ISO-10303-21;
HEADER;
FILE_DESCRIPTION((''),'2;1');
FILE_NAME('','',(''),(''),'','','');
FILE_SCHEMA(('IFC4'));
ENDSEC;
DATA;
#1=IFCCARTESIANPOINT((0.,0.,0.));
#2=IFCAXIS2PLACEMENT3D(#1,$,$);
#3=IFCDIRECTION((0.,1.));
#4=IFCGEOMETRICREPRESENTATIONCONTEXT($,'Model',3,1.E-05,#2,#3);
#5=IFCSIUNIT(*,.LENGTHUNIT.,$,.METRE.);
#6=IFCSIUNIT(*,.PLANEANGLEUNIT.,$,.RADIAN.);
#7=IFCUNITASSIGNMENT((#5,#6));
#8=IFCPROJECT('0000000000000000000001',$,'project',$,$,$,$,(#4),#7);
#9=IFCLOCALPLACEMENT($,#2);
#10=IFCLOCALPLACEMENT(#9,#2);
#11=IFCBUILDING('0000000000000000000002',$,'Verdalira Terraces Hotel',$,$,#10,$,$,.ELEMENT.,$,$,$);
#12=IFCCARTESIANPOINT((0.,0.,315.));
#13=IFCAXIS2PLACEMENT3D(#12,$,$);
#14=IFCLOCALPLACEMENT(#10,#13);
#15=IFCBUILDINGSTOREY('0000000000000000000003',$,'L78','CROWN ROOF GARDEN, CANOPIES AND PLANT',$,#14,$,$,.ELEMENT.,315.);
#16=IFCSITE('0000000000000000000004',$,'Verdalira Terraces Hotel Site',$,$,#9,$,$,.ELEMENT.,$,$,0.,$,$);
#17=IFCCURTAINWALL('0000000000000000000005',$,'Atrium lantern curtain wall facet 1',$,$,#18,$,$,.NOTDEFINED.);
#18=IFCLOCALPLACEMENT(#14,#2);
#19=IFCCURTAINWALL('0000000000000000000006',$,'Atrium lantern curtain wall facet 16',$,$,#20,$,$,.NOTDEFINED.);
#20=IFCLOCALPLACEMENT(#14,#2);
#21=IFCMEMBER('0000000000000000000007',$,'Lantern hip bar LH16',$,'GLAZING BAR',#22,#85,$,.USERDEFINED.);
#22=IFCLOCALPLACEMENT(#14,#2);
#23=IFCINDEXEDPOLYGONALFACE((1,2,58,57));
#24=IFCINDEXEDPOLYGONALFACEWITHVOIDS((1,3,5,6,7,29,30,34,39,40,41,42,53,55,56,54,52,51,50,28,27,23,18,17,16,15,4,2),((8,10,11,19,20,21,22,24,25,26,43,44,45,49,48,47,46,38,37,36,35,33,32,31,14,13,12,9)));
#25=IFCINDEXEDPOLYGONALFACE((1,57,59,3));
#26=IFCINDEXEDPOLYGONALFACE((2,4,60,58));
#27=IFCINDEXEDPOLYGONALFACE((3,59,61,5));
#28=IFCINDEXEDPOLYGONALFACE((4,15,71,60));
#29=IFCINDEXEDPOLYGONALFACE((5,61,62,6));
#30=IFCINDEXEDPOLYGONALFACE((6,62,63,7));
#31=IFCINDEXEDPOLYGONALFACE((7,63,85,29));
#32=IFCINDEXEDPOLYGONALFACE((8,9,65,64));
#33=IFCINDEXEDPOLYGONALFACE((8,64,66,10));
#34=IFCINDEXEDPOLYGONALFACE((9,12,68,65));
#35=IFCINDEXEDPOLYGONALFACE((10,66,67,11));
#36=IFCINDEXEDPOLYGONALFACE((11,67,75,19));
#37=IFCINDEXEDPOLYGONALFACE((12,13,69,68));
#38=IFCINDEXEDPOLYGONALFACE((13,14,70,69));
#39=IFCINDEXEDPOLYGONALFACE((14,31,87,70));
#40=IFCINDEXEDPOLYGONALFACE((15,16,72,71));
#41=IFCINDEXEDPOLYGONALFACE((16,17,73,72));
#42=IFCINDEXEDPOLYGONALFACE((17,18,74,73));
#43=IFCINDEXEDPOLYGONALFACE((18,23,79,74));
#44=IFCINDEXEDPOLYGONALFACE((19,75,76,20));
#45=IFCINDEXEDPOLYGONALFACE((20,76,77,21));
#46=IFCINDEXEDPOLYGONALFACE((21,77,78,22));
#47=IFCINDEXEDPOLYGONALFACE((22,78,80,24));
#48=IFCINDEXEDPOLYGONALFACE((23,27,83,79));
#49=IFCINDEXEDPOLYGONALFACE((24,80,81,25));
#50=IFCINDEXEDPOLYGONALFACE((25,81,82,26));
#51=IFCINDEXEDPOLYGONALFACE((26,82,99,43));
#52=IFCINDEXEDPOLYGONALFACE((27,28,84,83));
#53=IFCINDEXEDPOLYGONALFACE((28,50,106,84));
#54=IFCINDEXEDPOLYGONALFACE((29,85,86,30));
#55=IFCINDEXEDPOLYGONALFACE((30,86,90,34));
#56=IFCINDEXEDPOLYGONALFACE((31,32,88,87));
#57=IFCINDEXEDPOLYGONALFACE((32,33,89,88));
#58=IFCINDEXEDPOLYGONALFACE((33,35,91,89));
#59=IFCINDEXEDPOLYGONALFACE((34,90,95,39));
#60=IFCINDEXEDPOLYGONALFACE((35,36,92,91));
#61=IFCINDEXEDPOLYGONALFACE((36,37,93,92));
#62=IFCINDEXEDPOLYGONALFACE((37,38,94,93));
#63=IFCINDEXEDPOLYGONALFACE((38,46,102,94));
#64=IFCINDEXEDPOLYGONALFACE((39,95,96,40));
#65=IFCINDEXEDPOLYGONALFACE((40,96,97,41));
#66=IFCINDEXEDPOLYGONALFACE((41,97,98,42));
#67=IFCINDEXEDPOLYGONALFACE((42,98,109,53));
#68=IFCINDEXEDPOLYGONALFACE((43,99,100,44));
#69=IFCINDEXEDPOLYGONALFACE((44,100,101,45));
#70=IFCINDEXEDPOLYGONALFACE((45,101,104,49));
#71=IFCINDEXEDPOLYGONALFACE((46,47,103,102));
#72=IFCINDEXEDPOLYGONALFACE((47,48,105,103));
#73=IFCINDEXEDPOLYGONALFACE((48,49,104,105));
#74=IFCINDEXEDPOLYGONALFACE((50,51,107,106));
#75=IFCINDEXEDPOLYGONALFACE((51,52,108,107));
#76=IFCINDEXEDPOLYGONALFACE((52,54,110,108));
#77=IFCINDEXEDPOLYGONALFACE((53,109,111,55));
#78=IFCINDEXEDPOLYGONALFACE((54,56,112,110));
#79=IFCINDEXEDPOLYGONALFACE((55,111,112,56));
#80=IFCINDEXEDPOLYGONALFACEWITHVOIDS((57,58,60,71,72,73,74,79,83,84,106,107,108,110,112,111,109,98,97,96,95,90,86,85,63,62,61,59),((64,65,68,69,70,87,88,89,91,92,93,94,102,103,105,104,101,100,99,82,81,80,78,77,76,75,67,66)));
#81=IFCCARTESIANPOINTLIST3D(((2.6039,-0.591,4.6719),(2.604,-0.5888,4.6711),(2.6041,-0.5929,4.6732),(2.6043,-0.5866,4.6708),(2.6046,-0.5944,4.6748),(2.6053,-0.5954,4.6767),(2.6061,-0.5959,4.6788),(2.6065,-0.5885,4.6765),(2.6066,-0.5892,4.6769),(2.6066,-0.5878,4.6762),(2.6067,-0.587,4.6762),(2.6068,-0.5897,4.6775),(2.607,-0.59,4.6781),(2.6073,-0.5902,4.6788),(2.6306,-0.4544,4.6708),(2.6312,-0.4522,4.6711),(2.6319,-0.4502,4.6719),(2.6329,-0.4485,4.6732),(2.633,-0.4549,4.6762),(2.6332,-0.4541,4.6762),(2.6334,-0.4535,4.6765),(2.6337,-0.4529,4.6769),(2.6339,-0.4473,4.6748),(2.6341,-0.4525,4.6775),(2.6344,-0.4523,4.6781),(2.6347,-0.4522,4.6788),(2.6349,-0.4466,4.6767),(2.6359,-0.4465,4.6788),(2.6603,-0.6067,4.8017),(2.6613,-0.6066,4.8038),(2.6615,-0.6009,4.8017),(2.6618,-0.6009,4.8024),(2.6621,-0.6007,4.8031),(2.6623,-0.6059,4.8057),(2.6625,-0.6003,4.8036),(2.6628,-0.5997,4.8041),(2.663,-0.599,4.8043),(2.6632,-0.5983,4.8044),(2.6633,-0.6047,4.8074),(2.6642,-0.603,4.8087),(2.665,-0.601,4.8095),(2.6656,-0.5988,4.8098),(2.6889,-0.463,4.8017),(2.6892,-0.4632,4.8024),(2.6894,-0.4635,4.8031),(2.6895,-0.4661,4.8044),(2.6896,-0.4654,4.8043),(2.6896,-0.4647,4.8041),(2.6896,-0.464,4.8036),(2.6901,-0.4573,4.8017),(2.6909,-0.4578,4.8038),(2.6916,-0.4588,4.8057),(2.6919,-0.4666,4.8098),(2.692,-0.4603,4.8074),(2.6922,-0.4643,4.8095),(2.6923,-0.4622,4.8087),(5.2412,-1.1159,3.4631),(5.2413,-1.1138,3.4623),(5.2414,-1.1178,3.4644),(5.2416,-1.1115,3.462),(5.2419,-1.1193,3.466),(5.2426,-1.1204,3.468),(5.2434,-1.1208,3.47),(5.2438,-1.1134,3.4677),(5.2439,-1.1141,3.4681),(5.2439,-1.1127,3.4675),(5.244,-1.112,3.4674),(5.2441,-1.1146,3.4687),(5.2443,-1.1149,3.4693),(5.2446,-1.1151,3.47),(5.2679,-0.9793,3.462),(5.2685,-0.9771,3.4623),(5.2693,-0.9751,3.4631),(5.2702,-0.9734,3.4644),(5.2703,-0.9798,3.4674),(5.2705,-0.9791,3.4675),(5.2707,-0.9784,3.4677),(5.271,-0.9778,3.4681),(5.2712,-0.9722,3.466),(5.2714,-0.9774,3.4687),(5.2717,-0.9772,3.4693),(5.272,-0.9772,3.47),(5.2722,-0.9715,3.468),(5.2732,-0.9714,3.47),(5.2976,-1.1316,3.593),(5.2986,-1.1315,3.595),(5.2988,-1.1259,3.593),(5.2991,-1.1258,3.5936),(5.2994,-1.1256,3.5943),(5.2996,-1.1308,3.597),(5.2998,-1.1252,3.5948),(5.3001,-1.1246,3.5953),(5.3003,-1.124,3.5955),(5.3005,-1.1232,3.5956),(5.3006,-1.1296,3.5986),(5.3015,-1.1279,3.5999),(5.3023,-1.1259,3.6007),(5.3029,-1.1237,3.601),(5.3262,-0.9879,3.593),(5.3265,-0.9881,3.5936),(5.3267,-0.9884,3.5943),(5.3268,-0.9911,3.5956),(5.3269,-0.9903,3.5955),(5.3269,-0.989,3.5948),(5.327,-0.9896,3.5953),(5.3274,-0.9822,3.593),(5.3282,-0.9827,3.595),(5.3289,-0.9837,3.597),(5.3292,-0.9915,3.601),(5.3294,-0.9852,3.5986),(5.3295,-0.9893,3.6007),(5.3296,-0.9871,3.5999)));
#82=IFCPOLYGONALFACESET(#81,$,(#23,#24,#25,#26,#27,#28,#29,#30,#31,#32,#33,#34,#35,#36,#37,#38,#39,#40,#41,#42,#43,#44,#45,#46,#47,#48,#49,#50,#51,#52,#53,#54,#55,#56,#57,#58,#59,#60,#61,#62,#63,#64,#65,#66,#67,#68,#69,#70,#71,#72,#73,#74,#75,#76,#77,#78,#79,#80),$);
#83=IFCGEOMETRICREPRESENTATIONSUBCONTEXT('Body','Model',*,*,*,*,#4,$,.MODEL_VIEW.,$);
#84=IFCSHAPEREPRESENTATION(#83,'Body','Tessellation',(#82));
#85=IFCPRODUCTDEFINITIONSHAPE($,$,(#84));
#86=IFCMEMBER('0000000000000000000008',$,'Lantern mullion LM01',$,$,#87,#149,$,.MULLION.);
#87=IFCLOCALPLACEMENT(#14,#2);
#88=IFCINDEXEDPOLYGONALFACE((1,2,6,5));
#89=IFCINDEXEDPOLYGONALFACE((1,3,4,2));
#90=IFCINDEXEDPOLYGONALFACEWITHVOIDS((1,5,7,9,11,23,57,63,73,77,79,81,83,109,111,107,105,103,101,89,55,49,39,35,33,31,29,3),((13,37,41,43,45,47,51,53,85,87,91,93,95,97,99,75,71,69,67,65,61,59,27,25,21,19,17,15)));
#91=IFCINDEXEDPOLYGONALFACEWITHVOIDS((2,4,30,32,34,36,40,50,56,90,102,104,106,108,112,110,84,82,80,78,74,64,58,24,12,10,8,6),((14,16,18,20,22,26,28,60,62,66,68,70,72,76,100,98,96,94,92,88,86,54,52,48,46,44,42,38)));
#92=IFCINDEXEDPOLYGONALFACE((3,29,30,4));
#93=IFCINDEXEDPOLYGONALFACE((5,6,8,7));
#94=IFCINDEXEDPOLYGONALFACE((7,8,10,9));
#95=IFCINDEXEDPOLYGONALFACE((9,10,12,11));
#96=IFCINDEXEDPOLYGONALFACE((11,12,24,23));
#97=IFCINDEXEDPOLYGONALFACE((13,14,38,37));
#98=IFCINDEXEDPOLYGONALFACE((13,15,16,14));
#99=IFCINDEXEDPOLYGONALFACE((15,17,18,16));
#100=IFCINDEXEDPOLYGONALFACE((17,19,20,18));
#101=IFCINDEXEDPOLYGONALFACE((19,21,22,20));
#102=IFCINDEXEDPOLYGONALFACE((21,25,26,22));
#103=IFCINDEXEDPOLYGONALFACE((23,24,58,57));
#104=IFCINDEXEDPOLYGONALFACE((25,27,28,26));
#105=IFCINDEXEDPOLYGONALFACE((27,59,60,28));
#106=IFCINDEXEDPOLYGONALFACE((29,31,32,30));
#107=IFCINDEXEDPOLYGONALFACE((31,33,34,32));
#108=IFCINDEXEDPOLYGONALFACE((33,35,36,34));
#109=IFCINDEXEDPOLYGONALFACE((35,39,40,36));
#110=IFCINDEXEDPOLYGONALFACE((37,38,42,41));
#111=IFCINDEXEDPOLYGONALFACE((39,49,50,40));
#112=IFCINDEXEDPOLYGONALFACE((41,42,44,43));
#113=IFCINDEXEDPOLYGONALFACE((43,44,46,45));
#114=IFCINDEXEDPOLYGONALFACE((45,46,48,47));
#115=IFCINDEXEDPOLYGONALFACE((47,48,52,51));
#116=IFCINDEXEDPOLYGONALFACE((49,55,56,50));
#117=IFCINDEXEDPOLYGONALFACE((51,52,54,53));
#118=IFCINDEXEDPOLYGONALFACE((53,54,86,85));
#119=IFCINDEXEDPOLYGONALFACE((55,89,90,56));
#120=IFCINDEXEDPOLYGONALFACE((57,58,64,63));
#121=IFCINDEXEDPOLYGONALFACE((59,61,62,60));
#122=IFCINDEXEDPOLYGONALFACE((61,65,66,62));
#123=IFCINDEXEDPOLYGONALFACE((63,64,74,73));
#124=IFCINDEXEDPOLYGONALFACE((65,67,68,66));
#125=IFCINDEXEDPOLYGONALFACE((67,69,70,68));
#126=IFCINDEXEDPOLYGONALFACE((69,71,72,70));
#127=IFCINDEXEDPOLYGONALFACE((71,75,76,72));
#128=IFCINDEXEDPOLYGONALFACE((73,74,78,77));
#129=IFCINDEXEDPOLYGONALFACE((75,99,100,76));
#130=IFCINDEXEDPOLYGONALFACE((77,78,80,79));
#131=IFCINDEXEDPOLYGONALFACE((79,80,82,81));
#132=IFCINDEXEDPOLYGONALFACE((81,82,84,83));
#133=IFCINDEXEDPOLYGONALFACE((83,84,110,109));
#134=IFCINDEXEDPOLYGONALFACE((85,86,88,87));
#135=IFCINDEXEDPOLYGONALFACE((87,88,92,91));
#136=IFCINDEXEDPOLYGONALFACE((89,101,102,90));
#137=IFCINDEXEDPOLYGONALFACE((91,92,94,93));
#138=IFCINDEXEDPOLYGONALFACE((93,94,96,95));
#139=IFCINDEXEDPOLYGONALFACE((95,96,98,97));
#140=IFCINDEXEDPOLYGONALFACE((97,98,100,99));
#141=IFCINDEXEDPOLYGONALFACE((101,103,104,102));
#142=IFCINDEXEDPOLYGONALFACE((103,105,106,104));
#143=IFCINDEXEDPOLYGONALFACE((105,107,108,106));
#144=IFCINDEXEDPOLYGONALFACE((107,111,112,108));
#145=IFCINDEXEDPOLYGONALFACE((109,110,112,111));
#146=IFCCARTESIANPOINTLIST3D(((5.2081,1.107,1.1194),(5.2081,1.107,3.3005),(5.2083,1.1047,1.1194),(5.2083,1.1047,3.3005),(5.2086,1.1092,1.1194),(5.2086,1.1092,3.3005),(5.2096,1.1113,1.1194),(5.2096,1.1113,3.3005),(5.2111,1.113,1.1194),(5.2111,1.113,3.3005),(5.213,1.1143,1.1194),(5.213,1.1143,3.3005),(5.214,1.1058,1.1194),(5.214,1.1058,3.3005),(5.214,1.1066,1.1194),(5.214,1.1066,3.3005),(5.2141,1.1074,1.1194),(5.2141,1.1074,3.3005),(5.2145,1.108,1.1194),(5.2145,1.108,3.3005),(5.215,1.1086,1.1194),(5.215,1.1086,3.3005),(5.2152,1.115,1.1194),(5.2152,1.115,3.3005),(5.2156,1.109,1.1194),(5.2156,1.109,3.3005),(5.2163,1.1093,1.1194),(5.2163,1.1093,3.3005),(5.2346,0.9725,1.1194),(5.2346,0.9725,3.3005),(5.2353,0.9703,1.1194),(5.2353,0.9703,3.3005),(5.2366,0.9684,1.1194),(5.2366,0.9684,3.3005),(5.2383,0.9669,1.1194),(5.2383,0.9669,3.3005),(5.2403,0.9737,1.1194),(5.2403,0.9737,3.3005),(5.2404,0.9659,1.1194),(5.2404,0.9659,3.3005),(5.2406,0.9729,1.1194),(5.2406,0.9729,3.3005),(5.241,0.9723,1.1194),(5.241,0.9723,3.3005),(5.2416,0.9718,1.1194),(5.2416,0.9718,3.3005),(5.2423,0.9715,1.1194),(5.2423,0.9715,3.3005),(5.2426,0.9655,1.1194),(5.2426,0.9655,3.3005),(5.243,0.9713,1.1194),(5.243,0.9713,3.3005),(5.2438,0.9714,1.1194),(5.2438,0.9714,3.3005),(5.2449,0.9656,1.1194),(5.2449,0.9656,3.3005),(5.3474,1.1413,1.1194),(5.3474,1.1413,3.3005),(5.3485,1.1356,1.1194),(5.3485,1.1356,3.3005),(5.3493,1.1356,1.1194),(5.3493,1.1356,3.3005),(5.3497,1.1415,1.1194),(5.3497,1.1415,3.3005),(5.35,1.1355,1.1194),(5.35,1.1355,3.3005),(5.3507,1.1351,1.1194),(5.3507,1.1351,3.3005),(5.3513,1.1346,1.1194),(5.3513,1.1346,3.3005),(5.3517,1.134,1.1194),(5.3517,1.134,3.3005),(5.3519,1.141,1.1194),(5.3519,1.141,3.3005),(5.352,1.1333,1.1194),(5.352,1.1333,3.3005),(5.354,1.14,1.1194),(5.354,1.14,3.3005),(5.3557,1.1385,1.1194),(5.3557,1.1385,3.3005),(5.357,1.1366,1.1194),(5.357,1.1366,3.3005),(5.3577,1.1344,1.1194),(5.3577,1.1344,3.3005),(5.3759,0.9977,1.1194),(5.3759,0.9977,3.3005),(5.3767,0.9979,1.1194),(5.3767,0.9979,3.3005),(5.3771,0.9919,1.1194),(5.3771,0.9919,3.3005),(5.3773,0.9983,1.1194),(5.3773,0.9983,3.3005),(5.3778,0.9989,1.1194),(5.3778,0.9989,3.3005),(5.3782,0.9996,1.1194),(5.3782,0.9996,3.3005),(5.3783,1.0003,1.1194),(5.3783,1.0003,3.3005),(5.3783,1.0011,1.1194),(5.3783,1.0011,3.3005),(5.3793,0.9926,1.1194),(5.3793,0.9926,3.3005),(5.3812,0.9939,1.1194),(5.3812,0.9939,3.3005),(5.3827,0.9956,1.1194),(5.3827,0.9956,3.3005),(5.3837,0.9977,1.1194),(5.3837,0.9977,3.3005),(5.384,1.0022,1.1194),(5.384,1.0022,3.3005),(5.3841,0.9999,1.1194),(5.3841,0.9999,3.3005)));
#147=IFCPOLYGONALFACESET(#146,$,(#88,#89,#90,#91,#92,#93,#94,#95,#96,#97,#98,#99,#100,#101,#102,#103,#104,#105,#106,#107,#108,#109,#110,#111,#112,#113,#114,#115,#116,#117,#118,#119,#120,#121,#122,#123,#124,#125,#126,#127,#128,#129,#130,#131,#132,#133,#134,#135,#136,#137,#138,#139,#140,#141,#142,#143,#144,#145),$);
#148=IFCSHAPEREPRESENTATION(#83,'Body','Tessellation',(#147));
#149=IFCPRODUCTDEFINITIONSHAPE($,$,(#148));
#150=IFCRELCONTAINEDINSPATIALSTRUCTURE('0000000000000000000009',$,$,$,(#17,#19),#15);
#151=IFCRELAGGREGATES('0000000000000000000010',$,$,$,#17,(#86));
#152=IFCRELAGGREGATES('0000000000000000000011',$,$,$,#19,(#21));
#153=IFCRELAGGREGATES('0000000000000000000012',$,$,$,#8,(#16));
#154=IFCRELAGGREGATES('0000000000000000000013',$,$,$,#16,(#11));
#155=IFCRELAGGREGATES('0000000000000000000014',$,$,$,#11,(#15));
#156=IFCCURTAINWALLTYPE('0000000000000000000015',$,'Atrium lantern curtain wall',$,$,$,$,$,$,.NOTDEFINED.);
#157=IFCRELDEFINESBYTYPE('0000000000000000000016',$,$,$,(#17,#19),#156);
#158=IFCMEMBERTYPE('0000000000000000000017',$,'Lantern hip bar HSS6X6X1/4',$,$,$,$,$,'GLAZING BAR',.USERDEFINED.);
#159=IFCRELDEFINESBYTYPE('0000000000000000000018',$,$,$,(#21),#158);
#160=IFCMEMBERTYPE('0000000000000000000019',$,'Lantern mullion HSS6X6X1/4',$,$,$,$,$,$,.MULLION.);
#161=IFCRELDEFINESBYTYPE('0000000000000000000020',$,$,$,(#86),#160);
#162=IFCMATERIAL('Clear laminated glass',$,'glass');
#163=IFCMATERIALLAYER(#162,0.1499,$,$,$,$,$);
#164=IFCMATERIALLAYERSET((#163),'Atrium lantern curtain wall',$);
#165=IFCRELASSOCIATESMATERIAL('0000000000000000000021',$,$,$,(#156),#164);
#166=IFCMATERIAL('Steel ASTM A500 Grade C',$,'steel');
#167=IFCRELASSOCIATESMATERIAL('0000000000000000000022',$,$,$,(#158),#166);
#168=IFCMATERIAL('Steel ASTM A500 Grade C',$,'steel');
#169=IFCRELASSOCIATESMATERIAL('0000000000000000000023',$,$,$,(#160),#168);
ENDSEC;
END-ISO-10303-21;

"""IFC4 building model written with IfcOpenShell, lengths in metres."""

from ifc_helpers import new_model, si_unit, direction, frame, origin, origin_2d, place, context, subcontext, project, spatial, hollow_rectangle, extrude, material, layer, layer_set, material_profile, profile_set, type_object, element, aggregate, save


model = new_model("IFC4")

# Units and contexts
model_context = context("Model", 3, precision=1e-05, world=origin(), true_north=direction((0.0, 1.0)))
body_context = subcontext(model_context, "Body", "Model", "MODEL_VIEW")
ifc_project = project(units=[si_unit("LENGTHUNIT", "METRE"), si_unit("PLANEANGLEUNIT", "RADIAN")], contexts=[model_context])

# Site, building, storey
site_placement = place(None, origin())
site = spatial("IfcSite", under=ifc_project, at=site_placement, Name="Verdalira Terraces Hotel Site", CompositionType="ELEMENT", RefElevation=0.0)
building_placement = place(site_placement, origin())
building = spatial("IfcBuilding", under=site, at=building_placement, Name="Verdalira Terraces Hotel", CompositionType="ELEMENT")
storey_placement = place(building_placement, frame((0.0, 0.0, 315.0)))
storey = spatial("IfcBuildingStorey", under=building, at=storey_placement, Name="L78", Description="CROWN ROOF GARDEN, CANOPIES AND PLANT", CompositionType="ELEMENT", Elevation=315.0)

# Curtain walls
ifc_material_1 = material(Name="Clear laminated glass", Category="glass")
ifc_layer_1 = layer(ifc_material_1, 0.1499)
ifc_layer_set_1 = layer_set([ifc_layer_1], Name="Atrium lantern curtain wall")
curtain_wall_type = type_object("IfcCurtainWallType", Name="Atrium lantern curtain wall", PredefinedType="NOTDEFINED", material=ifc_layer_set_1)
curtain_wall_1_placement = place(storey_placement, origin())
curtain_wall_1 = element("IfcCurtainWall", 1, at=curtain_wall_1_placement, inside=storey, type_object=curtain_wall_type, Name="Atrium lantern curtain wall facet 1", PredefinedType="NOTDEFINED")
curtain_wall_2_placement = place(storey_placement, origin())
curtain_wall_2 = element("IfcCurtainWall", 2, at=curtain_wall_2_placement, inside=storey, type_object=curtain_wall_type, Name="Atrium lantern curtain wall facet 16", PredefinedType="NOTDEFINED")

# Members
ifc_material_2 = material(Name="Steel ASTM A500 Grade C", Category="steel")
ifc_material_profile_1 = material_profile(ifc_material_2, hollow_rectangle(XDim=0.1523, YDim=0.1523, WallThickness=0.0059, InnerFilletRadius=0.0029, OuterFilletRadius=0.0088, at=origin_2d()), Name="HSS6X6X1/4")
ifc_profile_set_1 = profile_set([ifc_material_profile_1], Name="Steel ASTM A500 Grade C")
member_type_1 = type_object("IfcMemberType", Name="Lantern hip bar HSS6X6X1/4", ElementType="GLAZING BAR", PredefinedType="USERDEFINED", material=ifc_profile_set_1)
member_1_placement = place(storey_placement, frame((5.2854, -1.0515, 3.5315), z_axis=(-0.894537, 0.178046, 0.410003), x_axis=(-0.195208, -0.980762, 0.0)))
member_1 = element("IfcMember", 3, at=member_1_placement, type_object=member_type_1, Name="Lantern hip bar LH16", ObjectType="GLAZING BAR", PredefinedType="USERDEFINED", context=body_context, shape_type="SweptSolid", body=[
    extrude(hollow_rectangle(XDim=0.1523, YDim=0.1523, WallThickness=0.0059, InnerFilletRadius=0.0029, OuterFilletRadius=0.0088, at=origin_2d()), origin(), (0.0, 0.0, 1.0), 2.9482),
])
ifc_material_3 = material(Name="Steel ASTM A500 Grade C", Category="steel")
ifc_material_profile_2 = material_profile(ifc_material_3, hollow_rectangle(XDim=0.1523, YDim=0.1523, WallThickness=0.0059, InnerFilletRadius=0.0029, OuterFilletRadius=0.0088, at=origin_2d()), Name="HSS6X6X1/4")
ifc_profile_set_2 = profile_set([ifc_material_profile_2], Name="Steel ASTM A500 Grade C")
member_type_2 = type_object("IfcMemberType", Name="Lantern mullion HSS6X6X1/4", PredefinedType="MULLION", material=ifc_profile_set_2)
member_2_placement = place(storey_placement, frame((5.2961, 1.0535, 1.1194), z_axis=(0.0, 0.0, 1.0), x_axis=(0.980785, 0.19509, 0.0)))
member_2 = element("IfcMember", 4, at=member_2_placement, type_object=member_type_2, Name="Lantern mullion LM01", PredefinedType="MULLION", context=body_context, shape_type="SweptSolid", body=[
    extrude(hollow_rectangle(XDim=0.1523, YDim=0.1523, WallThickness=0.0059, InnerFilletRadius=0.0029, OuterFilletRadius=0.0088, at=origin_2d()), origin(), (0.0, 0.0, 1.0), 2.1812),
])

aggregate(curtain_wall_1, [member_2])
aggregate(curtain_wall_2, [member_1])

save(model, "model.ifc")
